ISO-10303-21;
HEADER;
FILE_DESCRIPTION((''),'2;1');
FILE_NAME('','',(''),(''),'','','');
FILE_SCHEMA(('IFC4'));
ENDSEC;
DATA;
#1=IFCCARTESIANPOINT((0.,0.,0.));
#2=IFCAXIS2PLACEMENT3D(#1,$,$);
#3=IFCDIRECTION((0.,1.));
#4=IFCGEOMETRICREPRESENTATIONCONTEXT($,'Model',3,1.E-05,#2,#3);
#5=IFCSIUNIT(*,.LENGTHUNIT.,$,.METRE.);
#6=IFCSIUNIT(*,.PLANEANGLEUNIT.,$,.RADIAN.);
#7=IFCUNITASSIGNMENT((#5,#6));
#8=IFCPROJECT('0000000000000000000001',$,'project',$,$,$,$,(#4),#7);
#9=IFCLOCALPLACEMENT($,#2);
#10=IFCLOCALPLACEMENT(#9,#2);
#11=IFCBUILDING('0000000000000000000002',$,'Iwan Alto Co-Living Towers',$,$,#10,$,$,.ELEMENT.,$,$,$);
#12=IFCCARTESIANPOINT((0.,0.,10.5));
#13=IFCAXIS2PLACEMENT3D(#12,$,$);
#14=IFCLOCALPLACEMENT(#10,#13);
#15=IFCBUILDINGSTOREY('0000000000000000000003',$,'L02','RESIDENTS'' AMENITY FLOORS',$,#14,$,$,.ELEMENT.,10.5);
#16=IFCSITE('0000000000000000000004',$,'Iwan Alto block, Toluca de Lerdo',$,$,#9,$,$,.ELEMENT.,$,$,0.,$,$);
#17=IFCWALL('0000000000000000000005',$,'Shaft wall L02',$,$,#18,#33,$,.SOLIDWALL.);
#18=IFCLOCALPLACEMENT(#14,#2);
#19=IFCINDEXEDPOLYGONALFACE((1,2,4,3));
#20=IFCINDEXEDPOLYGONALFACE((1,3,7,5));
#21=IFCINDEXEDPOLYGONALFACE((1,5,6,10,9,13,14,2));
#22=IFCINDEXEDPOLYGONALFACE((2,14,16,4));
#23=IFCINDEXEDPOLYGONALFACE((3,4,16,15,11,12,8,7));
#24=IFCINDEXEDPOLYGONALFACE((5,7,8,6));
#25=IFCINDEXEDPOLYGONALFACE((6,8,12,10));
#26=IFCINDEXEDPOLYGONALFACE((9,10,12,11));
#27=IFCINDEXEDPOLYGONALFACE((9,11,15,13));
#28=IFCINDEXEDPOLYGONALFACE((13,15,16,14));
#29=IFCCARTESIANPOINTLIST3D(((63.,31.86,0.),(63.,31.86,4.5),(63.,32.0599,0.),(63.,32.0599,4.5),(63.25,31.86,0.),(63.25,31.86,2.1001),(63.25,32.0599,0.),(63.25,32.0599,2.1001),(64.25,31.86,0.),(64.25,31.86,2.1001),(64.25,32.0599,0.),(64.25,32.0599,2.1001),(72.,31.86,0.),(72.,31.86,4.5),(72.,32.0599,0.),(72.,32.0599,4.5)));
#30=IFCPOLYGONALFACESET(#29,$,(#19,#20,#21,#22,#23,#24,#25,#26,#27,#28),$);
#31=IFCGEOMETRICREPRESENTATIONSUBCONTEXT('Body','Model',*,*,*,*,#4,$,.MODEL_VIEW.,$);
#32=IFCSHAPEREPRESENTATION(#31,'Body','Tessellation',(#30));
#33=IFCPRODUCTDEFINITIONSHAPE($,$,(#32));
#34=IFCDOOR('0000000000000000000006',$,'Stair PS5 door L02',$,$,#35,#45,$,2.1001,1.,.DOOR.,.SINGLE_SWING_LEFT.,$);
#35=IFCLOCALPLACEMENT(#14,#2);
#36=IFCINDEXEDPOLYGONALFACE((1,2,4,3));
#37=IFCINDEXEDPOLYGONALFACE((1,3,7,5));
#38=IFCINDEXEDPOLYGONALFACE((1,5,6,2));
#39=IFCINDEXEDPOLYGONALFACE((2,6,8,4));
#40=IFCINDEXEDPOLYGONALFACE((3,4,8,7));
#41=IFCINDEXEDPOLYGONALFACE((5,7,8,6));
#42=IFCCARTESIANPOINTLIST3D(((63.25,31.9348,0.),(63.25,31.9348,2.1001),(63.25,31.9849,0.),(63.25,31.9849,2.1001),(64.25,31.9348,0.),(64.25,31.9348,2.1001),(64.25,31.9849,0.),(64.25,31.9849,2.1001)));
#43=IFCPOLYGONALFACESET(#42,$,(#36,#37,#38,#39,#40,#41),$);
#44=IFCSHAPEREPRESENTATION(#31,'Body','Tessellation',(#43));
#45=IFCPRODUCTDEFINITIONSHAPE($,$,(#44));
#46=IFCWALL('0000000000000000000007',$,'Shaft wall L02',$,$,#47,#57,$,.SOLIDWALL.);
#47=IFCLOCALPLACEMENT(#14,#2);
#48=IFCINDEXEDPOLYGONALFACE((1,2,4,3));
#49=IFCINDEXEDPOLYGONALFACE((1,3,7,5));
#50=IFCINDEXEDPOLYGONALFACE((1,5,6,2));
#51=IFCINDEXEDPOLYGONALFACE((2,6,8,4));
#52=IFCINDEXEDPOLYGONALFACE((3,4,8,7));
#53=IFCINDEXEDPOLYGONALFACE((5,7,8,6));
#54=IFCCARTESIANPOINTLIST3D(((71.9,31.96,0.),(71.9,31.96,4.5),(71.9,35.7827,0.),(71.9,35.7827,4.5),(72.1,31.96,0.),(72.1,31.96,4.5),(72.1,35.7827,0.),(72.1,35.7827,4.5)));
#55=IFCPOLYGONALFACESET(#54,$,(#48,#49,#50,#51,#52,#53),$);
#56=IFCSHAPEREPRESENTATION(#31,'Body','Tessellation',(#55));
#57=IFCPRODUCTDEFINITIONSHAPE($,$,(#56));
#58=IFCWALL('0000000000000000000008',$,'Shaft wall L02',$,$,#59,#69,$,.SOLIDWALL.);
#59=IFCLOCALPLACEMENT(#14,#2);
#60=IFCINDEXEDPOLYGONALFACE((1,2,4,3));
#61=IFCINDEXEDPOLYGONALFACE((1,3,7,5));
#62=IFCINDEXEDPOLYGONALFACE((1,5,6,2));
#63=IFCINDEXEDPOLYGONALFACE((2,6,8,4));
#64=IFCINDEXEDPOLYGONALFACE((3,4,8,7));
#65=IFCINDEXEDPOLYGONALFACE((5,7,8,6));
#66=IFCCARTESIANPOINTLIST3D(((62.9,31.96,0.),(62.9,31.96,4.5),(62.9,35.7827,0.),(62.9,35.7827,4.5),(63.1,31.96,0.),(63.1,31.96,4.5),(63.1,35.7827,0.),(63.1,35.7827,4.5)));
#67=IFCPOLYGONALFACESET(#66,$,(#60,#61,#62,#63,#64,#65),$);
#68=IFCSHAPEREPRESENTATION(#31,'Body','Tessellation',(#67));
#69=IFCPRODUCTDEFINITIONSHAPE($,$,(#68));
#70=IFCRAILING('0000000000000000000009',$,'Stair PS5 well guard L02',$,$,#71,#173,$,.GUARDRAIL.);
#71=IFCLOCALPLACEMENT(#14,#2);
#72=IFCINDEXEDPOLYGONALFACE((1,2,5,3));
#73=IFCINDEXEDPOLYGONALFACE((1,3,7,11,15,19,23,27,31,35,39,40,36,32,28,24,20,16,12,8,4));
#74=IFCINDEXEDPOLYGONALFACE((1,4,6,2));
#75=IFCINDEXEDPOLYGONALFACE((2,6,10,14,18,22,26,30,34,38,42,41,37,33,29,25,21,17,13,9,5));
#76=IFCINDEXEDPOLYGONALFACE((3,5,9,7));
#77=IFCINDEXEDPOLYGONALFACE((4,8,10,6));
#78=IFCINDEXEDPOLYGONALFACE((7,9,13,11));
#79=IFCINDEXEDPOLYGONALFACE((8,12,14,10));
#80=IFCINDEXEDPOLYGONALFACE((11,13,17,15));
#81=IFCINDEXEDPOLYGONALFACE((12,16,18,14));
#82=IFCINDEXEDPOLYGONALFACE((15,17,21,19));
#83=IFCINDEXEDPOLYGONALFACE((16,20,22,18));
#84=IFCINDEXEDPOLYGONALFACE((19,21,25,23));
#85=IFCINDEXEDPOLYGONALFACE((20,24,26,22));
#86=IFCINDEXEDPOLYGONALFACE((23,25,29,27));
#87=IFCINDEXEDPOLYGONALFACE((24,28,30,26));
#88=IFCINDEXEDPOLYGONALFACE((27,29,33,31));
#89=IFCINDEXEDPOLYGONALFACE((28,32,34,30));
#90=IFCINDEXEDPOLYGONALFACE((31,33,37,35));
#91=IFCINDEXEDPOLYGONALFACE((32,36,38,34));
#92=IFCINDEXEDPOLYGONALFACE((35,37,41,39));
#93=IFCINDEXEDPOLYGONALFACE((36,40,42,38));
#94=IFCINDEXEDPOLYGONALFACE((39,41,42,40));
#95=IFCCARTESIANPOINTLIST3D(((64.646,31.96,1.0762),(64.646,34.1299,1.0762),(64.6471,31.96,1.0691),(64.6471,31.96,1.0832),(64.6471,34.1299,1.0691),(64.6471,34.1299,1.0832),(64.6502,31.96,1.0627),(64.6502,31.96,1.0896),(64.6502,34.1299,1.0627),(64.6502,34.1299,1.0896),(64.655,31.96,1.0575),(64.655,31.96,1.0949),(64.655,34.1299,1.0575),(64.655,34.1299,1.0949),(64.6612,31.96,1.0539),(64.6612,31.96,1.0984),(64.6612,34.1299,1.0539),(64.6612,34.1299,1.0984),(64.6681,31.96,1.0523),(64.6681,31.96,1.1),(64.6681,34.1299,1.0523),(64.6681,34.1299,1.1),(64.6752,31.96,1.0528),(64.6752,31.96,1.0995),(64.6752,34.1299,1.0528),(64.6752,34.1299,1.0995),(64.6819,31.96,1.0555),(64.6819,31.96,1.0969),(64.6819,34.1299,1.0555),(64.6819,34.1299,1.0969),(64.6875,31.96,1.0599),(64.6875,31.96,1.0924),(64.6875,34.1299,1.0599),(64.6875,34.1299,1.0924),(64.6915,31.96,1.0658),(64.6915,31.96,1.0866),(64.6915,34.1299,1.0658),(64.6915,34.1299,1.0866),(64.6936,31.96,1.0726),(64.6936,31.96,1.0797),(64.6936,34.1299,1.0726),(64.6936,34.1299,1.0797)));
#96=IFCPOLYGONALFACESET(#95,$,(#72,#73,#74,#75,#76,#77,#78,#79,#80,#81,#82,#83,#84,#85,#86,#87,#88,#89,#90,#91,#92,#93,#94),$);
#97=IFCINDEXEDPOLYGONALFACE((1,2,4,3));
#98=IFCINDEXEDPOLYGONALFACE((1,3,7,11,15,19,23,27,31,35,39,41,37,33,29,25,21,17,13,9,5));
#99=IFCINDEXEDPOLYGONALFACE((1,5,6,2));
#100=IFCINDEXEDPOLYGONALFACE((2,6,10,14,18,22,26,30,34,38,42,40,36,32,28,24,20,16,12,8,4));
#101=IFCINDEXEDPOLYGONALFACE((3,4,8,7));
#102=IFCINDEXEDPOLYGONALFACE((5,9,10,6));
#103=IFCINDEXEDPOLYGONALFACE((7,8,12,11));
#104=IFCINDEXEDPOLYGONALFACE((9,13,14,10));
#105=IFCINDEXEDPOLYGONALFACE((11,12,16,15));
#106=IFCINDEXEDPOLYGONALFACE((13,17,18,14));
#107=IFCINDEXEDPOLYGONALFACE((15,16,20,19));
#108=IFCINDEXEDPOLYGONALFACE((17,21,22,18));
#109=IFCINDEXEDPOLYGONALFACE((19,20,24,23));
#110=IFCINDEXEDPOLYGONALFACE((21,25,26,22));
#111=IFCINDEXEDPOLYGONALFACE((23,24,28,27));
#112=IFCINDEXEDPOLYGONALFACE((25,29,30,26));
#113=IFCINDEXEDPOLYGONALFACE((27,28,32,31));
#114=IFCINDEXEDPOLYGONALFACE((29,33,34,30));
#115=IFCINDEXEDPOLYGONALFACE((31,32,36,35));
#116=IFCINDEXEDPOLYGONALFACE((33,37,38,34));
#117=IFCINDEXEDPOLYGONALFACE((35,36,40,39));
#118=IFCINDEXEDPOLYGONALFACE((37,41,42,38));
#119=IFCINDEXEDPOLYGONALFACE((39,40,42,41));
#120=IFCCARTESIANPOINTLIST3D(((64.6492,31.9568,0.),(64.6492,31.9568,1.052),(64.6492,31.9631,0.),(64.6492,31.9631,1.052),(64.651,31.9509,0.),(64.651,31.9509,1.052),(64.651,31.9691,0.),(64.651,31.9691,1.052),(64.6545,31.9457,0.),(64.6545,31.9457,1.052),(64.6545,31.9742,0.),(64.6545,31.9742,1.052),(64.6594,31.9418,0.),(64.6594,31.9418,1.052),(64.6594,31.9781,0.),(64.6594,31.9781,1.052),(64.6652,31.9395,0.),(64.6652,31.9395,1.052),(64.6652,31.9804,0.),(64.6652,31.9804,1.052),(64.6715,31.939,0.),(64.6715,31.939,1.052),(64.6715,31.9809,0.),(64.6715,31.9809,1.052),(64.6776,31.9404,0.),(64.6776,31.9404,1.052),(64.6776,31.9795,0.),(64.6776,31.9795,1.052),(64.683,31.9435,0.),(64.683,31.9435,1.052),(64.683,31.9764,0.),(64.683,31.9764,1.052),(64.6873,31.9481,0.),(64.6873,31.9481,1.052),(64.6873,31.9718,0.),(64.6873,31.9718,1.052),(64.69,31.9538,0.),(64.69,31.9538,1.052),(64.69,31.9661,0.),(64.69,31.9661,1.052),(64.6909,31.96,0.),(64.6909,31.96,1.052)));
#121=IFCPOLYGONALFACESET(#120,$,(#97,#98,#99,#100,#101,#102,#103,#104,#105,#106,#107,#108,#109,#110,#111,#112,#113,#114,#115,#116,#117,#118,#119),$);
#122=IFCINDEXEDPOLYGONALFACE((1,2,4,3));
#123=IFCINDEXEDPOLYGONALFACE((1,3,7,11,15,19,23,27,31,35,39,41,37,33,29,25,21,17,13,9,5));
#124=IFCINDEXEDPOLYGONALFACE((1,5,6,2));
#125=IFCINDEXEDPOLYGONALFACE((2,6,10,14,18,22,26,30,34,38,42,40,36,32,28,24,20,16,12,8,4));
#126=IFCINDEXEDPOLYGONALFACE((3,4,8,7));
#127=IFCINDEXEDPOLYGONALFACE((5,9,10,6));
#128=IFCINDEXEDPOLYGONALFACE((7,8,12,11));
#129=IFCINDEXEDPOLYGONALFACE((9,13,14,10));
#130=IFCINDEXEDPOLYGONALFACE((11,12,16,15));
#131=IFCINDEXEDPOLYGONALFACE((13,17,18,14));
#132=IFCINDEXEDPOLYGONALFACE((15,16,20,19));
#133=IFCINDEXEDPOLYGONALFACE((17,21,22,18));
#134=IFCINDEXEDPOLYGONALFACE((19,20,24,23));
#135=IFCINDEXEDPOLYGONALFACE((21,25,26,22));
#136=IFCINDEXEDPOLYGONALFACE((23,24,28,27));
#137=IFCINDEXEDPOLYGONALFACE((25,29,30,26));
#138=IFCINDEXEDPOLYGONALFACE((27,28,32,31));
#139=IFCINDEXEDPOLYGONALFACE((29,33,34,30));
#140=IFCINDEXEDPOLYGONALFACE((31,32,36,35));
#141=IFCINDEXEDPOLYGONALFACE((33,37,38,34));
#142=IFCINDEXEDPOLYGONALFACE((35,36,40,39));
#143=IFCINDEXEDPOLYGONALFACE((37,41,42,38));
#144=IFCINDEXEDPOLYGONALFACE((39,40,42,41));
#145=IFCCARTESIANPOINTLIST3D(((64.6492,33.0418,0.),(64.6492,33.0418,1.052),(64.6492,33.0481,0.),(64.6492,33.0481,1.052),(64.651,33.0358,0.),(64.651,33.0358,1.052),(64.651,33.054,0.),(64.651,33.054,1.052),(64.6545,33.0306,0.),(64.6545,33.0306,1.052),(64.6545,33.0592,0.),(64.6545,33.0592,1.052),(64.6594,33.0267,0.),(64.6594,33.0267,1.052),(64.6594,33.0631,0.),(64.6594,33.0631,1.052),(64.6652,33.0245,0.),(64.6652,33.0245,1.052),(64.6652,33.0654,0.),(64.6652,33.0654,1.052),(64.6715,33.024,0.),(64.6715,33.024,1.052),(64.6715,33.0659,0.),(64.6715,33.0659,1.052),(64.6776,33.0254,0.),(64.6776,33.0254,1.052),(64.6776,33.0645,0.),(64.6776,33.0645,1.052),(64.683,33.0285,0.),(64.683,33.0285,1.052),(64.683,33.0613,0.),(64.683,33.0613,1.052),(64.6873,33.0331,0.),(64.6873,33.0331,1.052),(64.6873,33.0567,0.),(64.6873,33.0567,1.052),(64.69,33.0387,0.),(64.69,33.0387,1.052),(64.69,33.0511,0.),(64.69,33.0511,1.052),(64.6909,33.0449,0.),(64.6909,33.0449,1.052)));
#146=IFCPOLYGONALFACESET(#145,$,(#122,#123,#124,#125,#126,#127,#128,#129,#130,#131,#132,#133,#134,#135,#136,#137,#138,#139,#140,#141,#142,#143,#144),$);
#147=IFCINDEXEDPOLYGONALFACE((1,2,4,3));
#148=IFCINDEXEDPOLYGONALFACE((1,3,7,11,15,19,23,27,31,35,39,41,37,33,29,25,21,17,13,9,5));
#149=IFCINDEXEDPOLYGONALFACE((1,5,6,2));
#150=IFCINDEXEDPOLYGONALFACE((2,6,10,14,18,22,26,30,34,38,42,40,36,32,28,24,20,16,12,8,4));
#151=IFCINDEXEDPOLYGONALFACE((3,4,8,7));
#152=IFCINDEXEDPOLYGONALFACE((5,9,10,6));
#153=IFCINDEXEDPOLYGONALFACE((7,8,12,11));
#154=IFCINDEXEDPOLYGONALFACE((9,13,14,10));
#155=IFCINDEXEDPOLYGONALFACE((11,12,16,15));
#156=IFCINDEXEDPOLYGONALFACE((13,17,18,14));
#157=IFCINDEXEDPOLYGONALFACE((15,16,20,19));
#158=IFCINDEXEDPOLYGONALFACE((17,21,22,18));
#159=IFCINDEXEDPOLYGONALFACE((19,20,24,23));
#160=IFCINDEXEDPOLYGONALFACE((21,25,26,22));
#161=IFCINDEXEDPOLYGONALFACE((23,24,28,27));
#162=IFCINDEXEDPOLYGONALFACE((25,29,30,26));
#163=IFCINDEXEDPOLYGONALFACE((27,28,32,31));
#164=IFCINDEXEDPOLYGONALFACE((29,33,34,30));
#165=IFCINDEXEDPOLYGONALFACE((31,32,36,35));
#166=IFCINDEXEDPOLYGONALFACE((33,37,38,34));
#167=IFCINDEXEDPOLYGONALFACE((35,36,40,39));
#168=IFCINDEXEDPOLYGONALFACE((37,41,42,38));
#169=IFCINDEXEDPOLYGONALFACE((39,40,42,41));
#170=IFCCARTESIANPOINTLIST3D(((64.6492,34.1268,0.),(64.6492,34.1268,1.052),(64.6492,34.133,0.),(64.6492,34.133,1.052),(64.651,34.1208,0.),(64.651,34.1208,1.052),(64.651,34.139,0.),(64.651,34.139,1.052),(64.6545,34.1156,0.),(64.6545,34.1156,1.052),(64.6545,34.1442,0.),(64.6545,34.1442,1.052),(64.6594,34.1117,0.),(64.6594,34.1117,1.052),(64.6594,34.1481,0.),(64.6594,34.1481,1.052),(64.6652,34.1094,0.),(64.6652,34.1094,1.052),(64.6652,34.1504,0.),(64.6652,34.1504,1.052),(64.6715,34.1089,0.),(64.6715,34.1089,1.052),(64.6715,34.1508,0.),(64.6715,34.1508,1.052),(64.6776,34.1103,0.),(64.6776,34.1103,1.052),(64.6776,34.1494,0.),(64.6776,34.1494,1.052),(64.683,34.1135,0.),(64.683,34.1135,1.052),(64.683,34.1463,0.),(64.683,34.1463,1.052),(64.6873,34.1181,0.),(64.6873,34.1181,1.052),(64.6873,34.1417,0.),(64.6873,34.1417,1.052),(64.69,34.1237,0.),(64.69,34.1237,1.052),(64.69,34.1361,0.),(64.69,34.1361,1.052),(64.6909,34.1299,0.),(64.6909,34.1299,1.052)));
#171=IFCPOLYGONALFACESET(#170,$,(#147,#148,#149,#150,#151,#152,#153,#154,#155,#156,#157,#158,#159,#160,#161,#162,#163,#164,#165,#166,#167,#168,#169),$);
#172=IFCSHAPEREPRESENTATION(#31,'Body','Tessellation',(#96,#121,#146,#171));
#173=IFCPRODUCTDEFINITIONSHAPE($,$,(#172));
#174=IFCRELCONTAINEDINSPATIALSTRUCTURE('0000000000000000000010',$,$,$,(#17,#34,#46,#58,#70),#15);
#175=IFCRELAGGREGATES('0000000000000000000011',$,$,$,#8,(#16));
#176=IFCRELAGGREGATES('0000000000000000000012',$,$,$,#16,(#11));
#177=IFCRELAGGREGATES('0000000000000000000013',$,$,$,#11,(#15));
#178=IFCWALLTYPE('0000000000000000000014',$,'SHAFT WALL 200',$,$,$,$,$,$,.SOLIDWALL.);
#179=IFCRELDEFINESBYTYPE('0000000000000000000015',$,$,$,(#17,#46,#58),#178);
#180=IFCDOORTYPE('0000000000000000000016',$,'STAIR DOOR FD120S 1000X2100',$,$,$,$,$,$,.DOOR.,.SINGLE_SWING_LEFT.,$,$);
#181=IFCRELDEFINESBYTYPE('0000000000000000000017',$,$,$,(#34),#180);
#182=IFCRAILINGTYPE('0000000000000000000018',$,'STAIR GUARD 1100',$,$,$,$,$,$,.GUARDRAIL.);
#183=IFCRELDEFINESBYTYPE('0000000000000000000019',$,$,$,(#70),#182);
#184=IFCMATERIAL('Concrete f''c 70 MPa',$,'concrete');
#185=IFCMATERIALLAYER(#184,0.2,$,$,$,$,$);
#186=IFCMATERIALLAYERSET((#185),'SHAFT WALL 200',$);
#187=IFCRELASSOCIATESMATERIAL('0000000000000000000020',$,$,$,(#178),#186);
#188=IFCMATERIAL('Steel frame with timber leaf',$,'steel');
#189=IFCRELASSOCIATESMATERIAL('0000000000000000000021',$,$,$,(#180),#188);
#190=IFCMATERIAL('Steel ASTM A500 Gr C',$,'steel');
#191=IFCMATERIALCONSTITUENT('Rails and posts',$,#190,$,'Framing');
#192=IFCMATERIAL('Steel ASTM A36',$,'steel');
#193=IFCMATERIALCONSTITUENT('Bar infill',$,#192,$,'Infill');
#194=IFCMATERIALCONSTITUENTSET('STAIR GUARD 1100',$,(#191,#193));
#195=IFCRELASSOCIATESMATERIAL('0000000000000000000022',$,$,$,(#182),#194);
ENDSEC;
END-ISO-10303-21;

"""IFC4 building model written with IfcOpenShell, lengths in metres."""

from ifc_helpers import new_model, si_unit, direction, frame, frame_2d, origin, origin_2d, place, context, subcontext, project, spatial, rectangle, circle, extrude, material, layer, layer_set, constituent, constituent_set, type_object, element, fill, save


model = new_model("IFC4")

# Units and contexts
model_context = context("Model", 3, precision=1e-05, world=origin(), true_north=direction((0.0, 1.0)))
body_context = subcontext(model_context, "Body", "Model", "MODEL_VIEW")
ifc_project = project(units=[si_unit("LENGTHUNIT", "METRE"), si_unit("PLANEANGLEUNIT", "RADIAN")], contexts=[model_context])

# Site, building, storey
site_placement = place(None, origin())
site = spatial("IfcSite", under=ifc_project, at=site_placement, Name="Iwan Alto block, Toluca de Lerdo", CompositionType="ELEMENT", RefElevation=0.0)
building_placement = place(site_placement, origin())
building = spatial("IfcBuilding", under=site, at=building_placement, Name="Iwan Alto Co-Living Towers", CompositionType="ELEMENT")
storey_placement = place(building_placement, frame((0.0, 0.0, 10.5)))
storey = spatial("IfcBuildingStorey", under=building, at=storey_placement, Name="L02", Description="RESIDENTS' AMENITY FLOORS", CompositionType="ELEMENT", Elevation=10.5)

# Wall, opening, door
ifc_material_1 = material(Name="Concrete f'c 70 MPa", Category="concrete")
ifc_layer_1 = layer(ifc_material_1, 0.2)
ifc_layer_set_1 = layer_set([ifc_layer_1], Name="SHAFT WALL 200")
wall_type_1 = type_object("IfcWallType", Name="SHAFT WALL 200", PredefinedType="SOLIDWALL", material=ifc_layer_set_1)
wall_1_placement = place(storey_placement, frame((63.0, 31.96, 0.0), z_axis=(0.0, 0.0, 1.0), x_axis=(1.0, 0.0, 0.0)))
wall_1 = element("IfcWall", 1, at=wall_1_placement, inside=storey, type_object=wall_type_1, Name="Shaft wall L02", PredefinedType="SOLIDWALL", context=body_context, shape_type="SweptSolid", body=[
    extrude(rectangle(XDim=9.0, YDim=0.2, at=frame_2d((4.5, 0.0))), origin(), (0.0, 0.0, 1.0), 4.5),
])
opening_placement = place(wall_1_placement, frame((0.25, 0.0, 0.0)))
opening = element("IfcOpeningElement", 2, at=opening_placement, cuts=wall_1, PredefinedType="OPENING", context=body_context, shape_type="SweptSolid", body=[
    extrude(rectangle(XDim=1.0, YDim=2.1001, at=frame_2d((0.5, 1.05))), frame((0.0, 0.1099, 0.0), z_axis=(0.0, -1.0, 0.0), x_axis=(1.0, 0.0, 0.0)), (0.0, 0.0, 1.0), 0.22),
])
ifc_material_2 = material(Name="Steel frame with timber leaf", Category="steel")
door_type = type_object("IfcDoorType", Name="STAIR DOOR FD120S 1000X2100", OperationType="SINGLE_SWING_LEFT", PredefinedType="DOOR", material=ifc_material_2)
door_placement = place(opening_placement, origin())
door = element("IfcDoor", 3, at=door_placement, inside=storey, type_object=door_type, Name="Stair PS5 door L02", OperationType="SINGLE_SWING_LEFT", OverallHeight=2.1001, OverallWidth=1.0, PredefinedType="DOOR", context=body_context, shape_type="SweptSolid", body=[
    extrude(rectangle(XDim=1.0, YDim=2.1001, at=frame_2d((0.5, 1.05))), frame((0.0, 0.0249, 0.0), z_axis=(0.0, -1.0, 0.0), x_axis=(1.0, 0.0, 0.0)), (0.0, 0.0, 1.0), 0.05),
])
fill(opening, door)

# Walls
for number, where, z_axis, x_axis, name in (
    (4, (72.0, 31.96, 0.0), (0.0, 0.0, 1.0), (0.0, 1.0, 0.0), "Shaft wall L02"),
    (5, (63.0, 31.96, 0.0), (0.0, 0.0, 1.0), (0.0, 1.0, 0.0), "Shaft wall L02"),
):
    element("IfcWall", number, at=place(storey_placement, frame(where, z_axis=z_axis, x_axis=x_axis)), inside=storey, type_object=wall_type_1, Name=name, PredefinedType="SOLIDWALL", context=body_context, shape_type="SweptSolid", body=[
        extrude(rectangle(XDim=3.8228, YDim=0.2, at=frame_2d((1.9114, 0.0))), origin(), (0.0, 0.0, 1.0), 4.5),
    ])

# Railing
ifc_material_3 = material(Name="Steel ASTM A500 Gr C", Category="steel")
ifc_constituent_1 = constituent(ifc_material_3, Name="Rails and posts", Category="Framing")
ifc_material_4 = material(Name="Steel ASTM A36", Category="steel")
ifc_constituent_2 = constituent(ifc_material_4, Name="Bar infill", Category="Infill")
ifc_constituent_set = constituent_set(constituents=[ifc_constituent_1, ifc_constituent_2], Name="STAIR GUARD 1100")
railing_type = type_object("IfcRailingType", Name="STAIR GUARD 1100", PredefinedType="GUARDRAIL", material=ifc_constituent_set)
railing_placement = place(storey_placement, frame((64.6699, 31.96, 0.0)))
element("IfcRailing", 6, at=railing_placement, inside=storey, type_object=railing_type, Name="Stair PS5 well guard L02", PredefinedType="GUARDRAIL", context=body_context, shape_type="SweptSolid", body=[
    extrude(circle(Radius=0.0239, at=origin_2d()), frame((0.0, 0.0, 1.0762), z_axis=(0.0, 1.0, 0.0), x_axis=(-1.0, 0.0, 0.0)), (0.0, 0.0, 1.0), 2.1699),
    extrude(circle(Radius=0.021, at=origin_2d()), origin(), (0.0, 0.0, 1.0), 1.052),
    extrude(circle(Radius=0.021, at=origin_2d()), frame((0.0, 1.085, 0.0)), (0.0, 0.0, 1.0), 1.052),
    extrude(circle(Radius=0.021, at=origin_2d()), frame((0.0, 2.1699, 0.0)), (0.0, 0.0, 1.0), 1.052),
])

save(model, "model.ifc")
